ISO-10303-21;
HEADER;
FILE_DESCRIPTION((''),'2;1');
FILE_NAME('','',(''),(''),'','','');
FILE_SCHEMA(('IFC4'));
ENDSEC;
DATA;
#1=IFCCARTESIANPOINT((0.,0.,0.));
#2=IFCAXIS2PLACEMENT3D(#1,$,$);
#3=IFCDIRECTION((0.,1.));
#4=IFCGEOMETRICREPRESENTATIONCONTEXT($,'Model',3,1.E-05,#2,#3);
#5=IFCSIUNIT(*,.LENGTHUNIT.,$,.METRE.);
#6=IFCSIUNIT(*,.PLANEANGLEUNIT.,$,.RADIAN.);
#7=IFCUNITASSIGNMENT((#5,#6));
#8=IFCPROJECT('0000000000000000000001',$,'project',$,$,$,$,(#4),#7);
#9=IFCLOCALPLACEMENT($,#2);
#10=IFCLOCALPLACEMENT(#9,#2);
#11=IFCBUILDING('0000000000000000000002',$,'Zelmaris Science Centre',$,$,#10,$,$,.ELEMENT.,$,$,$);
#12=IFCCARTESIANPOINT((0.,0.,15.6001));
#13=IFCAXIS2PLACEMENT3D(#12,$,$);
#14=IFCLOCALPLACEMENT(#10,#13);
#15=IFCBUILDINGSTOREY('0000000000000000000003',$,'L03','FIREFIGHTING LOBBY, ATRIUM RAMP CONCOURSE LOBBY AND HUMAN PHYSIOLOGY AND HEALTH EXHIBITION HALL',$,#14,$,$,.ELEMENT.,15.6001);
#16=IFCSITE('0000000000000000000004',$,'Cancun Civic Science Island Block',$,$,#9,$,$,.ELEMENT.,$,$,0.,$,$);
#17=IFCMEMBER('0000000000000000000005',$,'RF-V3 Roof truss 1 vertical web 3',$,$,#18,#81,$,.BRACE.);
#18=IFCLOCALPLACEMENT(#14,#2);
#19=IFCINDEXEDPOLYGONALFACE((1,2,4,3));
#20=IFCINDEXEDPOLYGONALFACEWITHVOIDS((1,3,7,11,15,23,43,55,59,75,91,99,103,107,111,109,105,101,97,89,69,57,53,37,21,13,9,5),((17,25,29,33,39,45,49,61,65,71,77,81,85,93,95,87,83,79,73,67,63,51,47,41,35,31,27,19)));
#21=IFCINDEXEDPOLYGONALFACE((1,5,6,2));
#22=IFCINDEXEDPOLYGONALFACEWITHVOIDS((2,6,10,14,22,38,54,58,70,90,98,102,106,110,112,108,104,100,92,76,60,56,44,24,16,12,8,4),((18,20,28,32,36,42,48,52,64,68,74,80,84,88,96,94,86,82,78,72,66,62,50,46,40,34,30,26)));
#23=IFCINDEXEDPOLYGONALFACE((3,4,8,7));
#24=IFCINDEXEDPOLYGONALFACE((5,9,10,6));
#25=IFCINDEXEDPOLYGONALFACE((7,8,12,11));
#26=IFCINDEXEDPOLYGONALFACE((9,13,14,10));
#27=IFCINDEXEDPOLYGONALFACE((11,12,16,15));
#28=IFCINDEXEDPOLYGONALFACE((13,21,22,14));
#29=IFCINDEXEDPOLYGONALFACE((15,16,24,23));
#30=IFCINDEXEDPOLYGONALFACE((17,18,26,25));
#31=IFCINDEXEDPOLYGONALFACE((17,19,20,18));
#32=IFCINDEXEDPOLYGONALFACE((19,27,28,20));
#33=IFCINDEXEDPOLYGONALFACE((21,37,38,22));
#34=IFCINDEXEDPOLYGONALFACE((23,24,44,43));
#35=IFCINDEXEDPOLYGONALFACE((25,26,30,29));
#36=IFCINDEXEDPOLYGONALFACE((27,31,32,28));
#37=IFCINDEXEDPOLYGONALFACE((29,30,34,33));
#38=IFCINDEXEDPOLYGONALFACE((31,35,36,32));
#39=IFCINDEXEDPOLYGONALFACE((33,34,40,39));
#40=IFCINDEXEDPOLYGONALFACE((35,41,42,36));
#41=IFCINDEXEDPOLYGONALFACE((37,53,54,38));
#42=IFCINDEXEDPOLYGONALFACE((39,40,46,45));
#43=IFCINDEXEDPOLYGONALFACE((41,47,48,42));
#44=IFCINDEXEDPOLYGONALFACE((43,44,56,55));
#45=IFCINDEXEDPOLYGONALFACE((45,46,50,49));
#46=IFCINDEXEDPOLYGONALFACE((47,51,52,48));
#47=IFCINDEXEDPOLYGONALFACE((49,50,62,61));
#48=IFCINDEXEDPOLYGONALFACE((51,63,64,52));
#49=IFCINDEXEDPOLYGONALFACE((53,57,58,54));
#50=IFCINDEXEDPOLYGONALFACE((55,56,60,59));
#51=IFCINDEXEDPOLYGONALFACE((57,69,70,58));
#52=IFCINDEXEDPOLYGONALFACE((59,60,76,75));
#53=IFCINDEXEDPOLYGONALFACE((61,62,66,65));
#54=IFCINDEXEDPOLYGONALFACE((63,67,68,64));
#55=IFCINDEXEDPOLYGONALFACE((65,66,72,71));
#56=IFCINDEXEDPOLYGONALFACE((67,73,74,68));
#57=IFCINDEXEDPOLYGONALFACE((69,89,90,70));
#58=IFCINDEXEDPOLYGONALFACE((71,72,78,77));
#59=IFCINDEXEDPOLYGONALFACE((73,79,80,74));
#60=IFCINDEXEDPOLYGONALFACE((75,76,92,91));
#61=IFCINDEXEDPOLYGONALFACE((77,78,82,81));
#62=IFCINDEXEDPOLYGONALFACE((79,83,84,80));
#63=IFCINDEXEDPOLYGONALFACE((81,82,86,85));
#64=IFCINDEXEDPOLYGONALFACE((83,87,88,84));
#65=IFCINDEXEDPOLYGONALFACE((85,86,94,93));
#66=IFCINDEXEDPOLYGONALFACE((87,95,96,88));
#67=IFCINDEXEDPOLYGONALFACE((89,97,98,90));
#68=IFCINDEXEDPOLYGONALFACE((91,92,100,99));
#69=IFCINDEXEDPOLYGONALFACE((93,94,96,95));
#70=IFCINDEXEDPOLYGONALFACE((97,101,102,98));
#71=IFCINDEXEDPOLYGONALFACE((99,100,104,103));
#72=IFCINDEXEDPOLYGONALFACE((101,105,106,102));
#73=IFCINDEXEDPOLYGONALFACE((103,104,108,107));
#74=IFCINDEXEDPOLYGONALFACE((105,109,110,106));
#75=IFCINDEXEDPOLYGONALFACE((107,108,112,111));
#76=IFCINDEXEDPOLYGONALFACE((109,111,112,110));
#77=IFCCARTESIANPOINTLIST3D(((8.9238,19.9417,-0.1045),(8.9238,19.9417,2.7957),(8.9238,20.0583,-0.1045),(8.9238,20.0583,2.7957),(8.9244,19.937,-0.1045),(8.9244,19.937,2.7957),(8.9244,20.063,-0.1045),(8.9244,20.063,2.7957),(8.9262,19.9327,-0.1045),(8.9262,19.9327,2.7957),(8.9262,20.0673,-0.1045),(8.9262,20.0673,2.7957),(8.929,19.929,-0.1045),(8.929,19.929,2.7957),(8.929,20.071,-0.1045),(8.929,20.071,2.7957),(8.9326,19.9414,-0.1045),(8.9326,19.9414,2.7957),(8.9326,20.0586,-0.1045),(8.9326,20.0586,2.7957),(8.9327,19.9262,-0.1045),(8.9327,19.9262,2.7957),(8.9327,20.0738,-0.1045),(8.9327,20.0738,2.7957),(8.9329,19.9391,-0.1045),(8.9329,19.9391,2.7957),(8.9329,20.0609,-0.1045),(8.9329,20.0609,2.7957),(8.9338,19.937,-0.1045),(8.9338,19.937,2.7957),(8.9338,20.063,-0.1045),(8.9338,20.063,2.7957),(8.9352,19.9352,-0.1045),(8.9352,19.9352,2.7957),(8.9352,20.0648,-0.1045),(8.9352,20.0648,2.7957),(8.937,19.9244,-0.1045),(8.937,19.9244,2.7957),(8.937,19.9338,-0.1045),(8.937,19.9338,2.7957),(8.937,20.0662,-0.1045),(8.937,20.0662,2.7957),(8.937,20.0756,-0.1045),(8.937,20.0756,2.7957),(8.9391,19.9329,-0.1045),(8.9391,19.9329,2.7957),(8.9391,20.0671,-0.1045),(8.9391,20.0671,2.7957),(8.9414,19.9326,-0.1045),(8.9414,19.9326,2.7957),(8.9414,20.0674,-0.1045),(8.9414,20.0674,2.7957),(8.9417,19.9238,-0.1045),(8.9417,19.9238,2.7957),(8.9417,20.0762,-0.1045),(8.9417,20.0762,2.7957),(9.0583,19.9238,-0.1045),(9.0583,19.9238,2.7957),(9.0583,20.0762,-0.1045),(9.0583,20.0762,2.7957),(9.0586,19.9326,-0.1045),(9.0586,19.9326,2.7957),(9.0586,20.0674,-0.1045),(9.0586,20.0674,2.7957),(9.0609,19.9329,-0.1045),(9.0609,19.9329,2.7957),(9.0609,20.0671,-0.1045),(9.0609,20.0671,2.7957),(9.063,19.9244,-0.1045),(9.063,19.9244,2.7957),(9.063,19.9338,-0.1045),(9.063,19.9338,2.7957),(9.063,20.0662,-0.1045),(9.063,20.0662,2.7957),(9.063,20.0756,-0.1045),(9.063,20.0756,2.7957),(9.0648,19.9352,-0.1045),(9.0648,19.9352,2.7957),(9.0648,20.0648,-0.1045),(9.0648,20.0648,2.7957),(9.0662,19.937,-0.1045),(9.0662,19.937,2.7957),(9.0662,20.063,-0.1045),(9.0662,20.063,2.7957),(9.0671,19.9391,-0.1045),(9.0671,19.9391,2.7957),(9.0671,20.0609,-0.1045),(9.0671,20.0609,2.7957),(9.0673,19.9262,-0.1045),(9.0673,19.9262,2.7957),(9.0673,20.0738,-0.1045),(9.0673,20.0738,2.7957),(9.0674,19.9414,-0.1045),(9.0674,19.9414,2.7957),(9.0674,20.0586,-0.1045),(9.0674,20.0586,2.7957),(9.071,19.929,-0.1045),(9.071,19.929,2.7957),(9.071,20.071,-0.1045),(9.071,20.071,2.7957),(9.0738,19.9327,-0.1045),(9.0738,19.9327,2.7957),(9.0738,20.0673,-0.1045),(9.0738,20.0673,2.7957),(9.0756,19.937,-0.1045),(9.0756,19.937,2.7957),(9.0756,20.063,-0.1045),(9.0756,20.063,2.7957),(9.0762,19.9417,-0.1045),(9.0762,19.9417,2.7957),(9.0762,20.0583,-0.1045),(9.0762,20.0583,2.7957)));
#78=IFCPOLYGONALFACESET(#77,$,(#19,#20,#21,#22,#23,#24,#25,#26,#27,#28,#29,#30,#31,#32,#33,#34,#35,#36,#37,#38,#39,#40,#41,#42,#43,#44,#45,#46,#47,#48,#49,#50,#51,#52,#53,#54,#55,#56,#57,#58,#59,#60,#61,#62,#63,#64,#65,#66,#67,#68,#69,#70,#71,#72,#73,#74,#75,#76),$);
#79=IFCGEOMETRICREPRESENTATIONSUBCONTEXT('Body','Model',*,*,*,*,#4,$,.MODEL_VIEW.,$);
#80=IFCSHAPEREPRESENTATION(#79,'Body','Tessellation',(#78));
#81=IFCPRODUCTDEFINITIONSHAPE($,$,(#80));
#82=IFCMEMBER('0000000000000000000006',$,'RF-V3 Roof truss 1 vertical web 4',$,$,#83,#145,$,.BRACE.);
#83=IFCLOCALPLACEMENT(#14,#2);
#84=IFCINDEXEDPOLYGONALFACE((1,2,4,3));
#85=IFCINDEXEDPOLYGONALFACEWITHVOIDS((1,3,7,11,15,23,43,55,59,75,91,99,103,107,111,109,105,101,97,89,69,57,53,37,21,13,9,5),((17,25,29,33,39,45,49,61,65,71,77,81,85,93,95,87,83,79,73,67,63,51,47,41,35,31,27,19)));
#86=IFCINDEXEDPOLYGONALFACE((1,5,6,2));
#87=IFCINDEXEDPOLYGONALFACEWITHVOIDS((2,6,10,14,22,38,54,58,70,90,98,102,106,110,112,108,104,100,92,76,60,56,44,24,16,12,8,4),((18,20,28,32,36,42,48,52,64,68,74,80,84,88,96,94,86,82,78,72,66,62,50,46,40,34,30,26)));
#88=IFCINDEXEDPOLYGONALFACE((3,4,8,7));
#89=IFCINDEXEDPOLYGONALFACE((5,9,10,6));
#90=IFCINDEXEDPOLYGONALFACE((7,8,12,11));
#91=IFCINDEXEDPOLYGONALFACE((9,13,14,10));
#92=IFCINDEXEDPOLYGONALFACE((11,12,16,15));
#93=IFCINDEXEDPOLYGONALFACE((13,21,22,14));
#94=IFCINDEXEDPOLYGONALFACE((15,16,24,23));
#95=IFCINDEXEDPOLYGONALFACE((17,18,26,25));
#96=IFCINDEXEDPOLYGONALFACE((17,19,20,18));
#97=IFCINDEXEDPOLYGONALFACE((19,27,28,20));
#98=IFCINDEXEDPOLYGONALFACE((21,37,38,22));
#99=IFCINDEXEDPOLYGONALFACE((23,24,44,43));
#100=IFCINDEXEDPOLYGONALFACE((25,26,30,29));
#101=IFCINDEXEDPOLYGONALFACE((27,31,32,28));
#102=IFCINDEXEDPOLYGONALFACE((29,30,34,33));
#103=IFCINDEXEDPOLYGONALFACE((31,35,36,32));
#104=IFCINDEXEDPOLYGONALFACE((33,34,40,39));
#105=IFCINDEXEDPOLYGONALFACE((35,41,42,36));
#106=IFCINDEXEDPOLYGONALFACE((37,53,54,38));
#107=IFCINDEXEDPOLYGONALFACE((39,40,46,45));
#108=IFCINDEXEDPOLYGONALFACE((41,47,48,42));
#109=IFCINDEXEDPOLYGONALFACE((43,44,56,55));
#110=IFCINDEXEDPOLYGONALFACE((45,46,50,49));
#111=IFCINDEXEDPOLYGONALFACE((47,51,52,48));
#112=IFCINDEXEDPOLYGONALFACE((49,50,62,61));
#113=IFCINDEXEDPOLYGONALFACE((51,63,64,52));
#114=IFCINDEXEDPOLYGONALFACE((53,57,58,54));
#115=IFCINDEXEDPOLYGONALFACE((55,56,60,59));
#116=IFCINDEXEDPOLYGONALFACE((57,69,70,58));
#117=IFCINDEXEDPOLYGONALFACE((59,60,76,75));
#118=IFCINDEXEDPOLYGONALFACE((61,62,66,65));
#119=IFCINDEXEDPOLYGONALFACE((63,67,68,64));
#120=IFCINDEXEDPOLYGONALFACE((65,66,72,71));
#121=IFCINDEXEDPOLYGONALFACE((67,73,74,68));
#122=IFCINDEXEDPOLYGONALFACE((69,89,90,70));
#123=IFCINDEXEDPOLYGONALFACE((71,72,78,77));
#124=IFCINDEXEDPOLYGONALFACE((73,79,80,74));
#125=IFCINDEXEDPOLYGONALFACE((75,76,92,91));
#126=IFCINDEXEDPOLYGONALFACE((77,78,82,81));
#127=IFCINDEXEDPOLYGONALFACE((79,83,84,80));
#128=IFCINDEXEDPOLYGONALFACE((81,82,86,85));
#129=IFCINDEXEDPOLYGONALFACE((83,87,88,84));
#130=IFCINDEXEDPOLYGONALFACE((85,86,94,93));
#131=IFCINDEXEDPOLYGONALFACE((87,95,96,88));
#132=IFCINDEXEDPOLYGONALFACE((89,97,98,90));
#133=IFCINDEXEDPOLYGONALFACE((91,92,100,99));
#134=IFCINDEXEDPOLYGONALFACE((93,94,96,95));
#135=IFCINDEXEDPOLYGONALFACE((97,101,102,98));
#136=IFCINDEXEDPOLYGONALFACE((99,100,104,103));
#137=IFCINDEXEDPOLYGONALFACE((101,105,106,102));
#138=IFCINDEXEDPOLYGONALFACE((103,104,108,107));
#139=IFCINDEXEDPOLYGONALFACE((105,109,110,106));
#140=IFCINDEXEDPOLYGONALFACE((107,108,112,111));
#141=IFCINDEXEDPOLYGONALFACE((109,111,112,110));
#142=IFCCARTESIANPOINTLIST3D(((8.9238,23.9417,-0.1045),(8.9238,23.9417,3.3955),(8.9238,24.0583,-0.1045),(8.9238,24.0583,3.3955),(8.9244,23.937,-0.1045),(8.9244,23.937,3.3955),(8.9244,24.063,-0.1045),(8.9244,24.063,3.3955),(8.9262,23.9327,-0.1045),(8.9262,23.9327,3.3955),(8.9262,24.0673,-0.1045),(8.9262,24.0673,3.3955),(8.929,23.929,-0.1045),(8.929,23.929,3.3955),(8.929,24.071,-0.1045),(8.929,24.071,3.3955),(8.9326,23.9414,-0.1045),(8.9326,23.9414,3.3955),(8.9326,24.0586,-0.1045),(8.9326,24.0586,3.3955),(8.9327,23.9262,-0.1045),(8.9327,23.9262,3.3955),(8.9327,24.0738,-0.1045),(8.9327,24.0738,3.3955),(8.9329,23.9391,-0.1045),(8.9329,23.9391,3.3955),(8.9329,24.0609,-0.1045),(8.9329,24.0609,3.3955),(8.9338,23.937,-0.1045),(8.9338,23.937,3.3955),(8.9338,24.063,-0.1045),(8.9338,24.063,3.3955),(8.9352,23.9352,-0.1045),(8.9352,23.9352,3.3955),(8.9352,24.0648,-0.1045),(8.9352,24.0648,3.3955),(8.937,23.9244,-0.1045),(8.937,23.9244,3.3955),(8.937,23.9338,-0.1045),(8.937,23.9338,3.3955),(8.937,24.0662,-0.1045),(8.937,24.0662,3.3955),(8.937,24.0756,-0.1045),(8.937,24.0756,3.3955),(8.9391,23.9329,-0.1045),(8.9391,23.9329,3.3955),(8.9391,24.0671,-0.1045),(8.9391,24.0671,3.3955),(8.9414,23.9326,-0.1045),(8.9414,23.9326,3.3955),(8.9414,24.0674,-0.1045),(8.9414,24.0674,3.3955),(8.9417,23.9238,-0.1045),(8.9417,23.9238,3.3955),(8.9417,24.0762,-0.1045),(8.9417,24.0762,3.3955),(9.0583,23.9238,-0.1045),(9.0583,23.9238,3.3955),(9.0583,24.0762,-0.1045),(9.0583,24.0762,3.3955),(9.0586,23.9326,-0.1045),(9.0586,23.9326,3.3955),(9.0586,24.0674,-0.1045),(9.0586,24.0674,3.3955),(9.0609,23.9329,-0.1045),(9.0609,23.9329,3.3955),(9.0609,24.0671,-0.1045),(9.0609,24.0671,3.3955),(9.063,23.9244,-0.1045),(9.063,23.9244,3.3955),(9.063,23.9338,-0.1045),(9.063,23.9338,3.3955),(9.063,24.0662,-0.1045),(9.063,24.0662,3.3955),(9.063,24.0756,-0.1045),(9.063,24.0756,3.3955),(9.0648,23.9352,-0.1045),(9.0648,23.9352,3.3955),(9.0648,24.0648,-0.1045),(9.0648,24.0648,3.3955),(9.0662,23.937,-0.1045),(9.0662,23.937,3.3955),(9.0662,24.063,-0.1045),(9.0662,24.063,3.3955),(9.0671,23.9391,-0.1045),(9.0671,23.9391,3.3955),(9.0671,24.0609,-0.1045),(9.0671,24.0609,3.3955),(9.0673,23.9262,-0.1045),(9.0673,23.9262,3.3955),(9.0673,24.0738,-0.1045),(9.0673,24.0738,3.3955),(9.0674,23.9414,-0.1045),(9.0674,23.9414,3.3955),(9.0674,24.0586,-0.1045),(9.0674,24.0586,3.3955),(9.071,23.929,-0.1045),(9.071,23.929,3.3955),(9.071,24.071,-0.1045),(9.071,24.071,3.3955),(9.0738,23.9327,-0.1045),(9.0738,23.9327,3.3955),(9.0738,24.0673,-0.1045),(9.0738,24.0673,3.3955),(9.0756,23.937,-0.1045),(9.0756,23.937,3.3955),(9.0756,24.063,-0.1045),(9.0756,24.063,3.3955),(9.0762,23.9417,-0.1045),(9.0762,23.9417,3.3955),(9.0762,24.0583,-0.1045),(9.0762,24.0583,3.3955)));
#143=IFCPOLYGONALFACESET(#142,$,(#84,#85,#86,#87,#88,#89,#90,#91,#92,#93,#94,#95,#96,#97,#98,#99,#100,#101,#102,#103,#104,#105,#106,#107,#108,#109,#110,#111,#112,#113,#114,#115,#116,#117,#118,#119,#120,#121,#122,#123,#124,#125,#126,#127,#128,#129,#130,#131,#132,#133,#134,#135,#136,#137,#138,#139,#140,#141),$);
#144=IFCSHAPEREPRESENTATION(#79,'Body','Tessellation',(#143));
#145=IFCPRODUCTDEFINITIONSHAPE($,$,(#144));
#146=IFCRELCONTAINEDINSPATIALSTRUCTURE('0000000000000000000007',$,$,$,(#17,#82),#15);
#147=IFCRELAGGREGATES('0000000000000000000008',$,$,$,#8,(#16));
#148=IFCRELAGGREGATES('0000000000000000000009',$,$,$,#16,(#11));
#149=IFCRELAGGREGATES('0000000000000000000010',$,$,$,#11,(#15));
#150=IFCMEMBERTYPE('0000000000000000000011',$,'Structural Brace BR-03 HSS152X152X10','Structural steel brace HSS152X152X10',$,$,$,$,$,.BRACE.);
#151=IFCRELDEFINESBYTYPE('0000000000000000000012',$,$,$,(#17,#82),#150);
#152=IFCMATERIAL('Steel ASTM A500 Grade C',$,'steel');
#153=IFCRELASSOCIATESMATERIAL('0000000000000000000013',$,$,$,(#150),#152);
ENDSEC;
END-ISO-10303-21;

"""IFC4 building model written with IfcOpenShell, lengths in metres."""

from ifc_helpers import new_model, si_unit, direction, frame, origin, origin_2d, place, context, subcontext, project, spatial, hollow_rectangle, extrude, material, material_profile, profile_set, type_object, element, save


model = new_model("IFC4")

# Units and contexts
model_context = context("Model", 3, precision=1e-05, world=origin(), true_north=direction((0.0, 1.0)))
body_context = subcontext(model_context, "Body", "Model", "MODEL_VIEW")
ifc_project = project(units=[si_unit("LENGTHUNIT", "METRE"), si_unit("PLANEANGLEUNIT", "RADIAN")], contexts=[model_context])

# Site, building, storey
site_placement = place(None, origin())
site = spatial("IfcSite", under=ifc_project, at=site_placement, Name="Cancun Civic Science Island Block", CompositionType="ELEMENT", RefElevation=0.0)
building_placement = place(site_placement, origin())
building = spatial("IfcBuilding", under=site, at=building_placement, Name="Zelmaris Science Centre", CompositionType="ELEMENT")
storey_placement = place(building_placement, frame((0.0, 0.0, 15.6001)))
storey = spatial("IfcBuildingStorey", under=building, at=storey_placement, Name="L03", Description="FIREFIGHTING LOBBY, ATRIUM RAMP CONCOURSE LOBBY AND HUMAN PHYSIOLOGY AND HEALTH EXHIBITION HALL", CompositionType="ELEMENT", Elevation=15.6001)

# Shared definitions
ifc_material = material(Name="Steel ASTM A500 Grade C", Category="steel")

# Members
ifc_material_profile_1 = material_profile(ifc_material, hollow_rectangle(XDim=0.1523, YDim=0.1523, WallThickness=0.0088, InnerFilletRadius=0.0088, OuterFilletRadius=0.0178, at=origin_2d()), Name="HSS152X152X10")
ifc_profile_set_1 = profile_set([ifc_material_profile_1], Name="Steel ASTM A500 Grade C")
member_type_1 = type_object("IfcMemberType", Name="Structural Brace BR-03 HSS152X152X10", Description="Structural steel brace HSS152X152X10", PredefinedType="BRACE", material=ifc_profile_set_1)
member_1_placement = place(storey_placement, frame((9.0, 20.0, -0.1045), z_axis=(0.0, 0.0, 1.0), x_axis=(1.0, 0.0, 0.0)))
element("IfcMember", 1, at=member_1_placement, inside=storey, type_object=member_type_1, Name="RF-V3 Roof truss 1 vertical web 3", PredefinedType="BRACE", context=body_context, shape_type="SweptSolid", body=[
    extrude(hollow_rectangle(XDim=0.1523, YDim=0.1523, WallThickness=0.0088, InnerFilletRadius=0.0088, OuterFilletRadius=0.0178, at=origin_2d()), origin(), (0.0, 0.0, 1.0), 2.9001),
])
member_2_placement = place(storey_placement, frame((9.0, 24.0, -0.1045), z_axis=(0.0, 0.0, 1.0), x_axis=(1.0, 0.0, 0.0)))
element("IfcMember", 2, at=member_2_placement, inside=storey, type_object=member_type_1, Name="RF-V3 Roof truss 1 vertical web 4", PredefinedType="BRACE", context=body_context, shape_type="SweptSolid", body=[
    extrude(hollow_rectangle(XDim=0.1523, YDim=0.1523, WallThickness=0.0088, InnerFilletRadius=0.0088, OuterFilletRadius=0.0178, at=origin_2d()), origin(), (0.0, 0.0, 1.0), 3.5),
])

save(model, "model.ifc")
